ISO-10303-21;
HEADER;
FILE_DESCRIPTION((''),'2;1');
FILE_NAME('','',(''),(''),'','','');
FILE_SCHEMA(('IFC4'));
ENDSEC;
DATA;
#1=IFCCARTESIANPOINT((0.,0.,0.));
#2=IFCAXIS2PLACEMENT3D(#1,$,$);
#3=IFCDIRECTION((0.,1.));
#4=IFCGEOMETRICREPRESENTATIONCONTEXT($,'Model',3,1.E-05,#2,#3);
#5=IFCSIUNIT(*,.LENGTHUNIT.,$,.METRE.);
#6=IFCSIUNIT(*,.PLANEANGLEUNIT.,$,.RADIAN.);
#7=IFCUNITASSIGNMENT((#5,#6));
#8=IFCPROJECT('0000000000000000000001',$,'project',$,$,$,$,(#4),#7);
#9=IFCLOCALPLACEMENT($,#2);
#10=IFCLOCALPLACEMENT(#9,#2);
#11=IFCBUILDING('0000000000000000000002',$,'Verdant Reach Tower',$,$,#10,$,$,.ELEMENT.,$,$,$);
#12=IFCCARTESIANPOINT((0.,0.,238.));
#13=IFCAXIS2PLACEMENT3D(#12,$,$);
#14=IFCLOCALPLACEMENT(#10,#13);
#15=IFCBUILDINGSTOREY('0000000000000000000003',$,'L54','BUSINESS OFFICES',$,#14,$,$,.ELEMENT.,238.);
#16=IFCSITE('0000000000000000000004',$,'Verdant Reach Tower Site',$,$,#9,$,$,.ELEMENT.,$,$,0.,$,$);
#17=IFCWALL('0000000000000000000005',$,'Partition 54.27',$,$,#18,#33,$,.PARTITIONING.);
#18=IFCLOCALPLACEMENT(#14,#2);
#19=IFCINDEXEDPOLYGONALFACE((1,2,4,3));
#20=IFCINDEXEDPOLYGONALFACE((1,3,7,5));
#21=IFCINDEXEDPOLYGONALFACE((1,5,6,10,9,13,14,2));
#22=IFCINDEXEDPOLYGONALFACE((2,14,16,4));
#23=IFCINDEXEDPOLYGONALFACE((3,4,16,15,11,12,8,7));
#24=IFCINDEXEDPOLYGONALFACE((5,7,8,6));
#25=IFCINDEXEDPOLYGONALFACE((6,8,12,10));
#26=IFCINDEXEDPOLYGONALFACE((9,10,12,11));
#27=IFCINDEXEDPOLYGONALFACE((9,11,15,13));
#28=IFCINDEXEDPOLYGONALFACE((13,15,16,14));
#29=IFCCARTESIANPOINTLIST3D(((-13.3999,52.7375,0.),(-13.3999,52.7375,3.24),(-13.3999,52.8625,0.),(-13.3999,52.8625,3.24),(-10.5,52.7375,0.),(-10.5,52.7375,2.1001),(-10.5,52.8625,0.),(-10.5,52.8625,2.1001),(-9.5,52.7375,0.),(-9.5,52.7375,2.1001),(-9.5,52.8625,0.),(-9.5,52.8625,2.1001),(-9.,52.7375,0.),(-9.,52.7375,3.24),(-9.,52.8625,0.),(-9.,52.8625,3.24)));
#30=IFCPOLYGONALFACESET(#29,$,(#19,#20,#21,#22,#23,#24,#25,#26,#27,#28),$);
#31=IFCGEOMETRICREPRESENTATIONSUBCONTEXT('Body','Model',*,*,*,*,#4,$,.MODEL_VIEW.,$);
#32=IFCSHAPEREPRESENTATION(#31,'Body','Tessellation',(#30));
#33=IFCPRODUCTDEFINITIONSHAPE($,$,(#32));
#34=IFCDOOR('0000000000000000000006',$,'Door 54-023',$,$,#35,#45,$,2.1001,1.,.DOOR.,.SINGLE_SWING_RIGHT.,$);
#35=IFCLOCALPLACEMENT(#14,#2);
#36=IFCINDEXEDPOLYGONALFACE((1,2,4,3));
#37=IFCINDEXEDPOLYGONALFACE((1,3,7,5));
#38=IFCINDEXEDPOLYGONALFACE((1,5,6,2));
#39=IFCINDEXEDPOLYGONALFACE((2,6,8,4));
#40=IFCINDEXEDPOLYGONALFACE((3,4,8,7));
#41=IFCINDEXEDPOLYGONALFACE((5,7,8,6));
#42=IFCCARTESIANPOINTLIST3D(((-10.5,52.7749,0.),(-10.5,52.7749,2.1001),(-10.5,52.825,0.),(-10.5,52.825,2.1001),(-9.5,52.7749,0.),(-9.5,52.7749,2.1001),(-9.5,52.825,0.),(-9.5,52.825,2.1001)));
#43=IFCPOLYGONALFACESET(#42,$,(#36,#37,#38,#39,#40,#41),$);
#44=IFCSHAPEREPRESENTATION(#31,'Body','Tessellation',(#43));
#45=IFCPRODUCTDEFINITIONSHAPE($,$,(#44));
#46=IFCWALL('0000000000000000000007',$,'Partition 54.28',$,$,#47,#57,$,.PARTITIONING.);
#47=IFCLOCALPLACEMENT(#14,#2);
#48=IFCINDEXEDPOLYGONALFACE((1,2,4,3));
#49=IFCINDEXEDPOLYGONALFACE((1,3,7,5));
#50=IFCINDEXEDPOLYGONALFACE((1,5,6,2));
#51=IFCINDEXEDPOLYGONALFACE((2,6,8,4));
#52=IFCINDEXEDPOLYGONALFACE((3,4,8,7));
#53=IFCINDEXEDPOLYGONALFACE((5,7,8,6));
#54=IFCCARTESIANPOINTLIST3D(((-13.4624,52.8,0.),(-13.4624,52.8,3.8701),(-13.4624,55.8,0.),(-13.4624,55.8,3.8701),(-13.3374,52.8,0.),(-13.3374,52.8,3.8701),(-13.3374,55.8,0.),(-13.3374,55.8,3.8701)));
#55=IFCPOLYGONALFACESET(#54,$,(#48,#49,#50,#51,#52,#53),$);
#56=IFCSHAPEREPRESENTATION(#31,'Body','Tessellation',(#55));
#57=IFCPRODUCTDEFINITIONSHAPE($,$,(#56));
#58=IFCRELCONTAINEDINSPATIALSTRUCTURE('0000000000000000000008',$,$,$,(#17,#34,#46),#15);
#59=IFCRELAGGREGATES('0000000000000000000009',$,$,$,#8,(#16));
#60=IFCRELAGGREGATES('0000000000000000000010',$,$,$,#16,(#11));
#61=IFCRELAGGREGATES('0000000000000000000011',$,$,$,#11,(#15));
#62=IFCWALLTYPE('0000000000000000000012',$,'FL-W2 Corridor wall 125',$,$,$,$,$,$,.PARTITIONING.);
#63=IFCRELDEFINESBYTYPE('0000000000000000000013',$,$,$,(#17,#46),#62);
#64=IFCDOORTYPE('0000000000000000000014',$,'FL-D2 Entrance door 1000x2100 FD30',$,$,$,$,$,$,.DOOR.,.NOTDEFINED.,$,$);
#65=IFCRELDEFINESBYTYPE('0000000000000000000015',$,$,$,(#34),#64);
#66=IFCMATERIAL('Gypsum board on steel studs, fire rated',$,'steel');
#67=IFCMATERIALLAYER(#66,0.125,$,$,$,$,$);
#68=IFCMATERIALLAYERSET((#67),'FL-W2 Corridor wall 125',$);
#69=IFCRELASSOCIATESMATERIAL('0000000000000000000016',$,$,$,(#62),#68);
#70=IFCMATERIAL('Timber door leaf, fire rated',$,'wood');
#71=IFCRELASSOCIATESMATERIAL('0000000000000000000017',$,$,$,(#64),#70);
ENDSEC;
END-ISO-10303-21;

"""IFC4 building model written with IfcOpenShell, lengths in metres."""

from ifc_helpers import new_model, si_unit, direction, frame, frame_2d, origin, place, context, subcontext, project, spatial, rectangle, extrude, material, layer, layer_set, type_object, element, fill, save


model = new_model("IFC4")

# Units and contexts
model_context = context("Model", 3, precision=1e-05, world=origin(), true_north=direction((0.0, 1.0)))
body_context = subcontext(model_context, "Body", "Model", "MODEL_VIEW")
ifc_project = project(units=[si_unit("LENGTHUNIT", "METRE"), si_unit("PLANEANGLEUNIT", "RADIAN")], contexts=[model_context])

# Site, building, storey
site_placement = place(None, origin())
site = spatial("IfcSite", under=ifc_project, at=site_placement, Name="Verdant Reach Tower Site", CompositionType="ELEMENT", RefElevation=0.0)
building_placement = place(site_placement, origin())
building = spatial("IfcBuilding", under=site, at=building_placement, Name="Verdant Reach Tower", CompositionType="ELEMENT")
storey_placement = place(building_placement, frame((0.0, 0.0, 238.0)))
storey = spatial("IfcBuildingStorey", under=building, at=storey_placement, Name="L54", Description="BUSINESS OFFICES", CompositionType="ELEMENT", Elevation=238.0)

# Shared definitions
ifc_material_1 = material(Name="Gypsum board on steel studs, fire rated", Category="steel")
ifc_layer_1 = layer(ifc_material_1, 0.125)
ifc_layer_set_1 = layer_set([ifc_layer_1], Name="FL-W2 Corridor wall 125")
wall_type_1 = type_object("IfcWallType", Name="FL-W2 Corridor wall 125", PredefinedType="PARTITIONING", material=ifc_layer_set_1)

# Shared definitions
ifc_material_2 = material(Name="Timber door leaf, fire rated", Category="wood")
door_type_1 = type_object("IfcDoorType", Name="FL-D2 Entrance door 1000x2100 FD30", OperationType="NOTDEFINED", PredefinedType="DOOR", material=ifc_material_2)

# Wall, opening, door
wall_1_placement = place(storey_placement, frame((-13.3999, 52.8, 0.0), z_axis=(0.0, 0.0, 1.0), x_axis=(1.0, 0.0, 0.0)))
wall_1 = element("IfcWall", 1, at=wall_1_placement, inside=storey, type_object=wall_type_1, Name="Partition 54.27", PredefinedType="PARTITIONING", context=body_context, shape_type="SweptSolid", body=[
    extrude(rectangle(XDim=4.3999, YDim=0.125, at=frame_2d((2.2, 0.0))), origin(), (0.0, 0.0, 1.0), 3.24),
])
opening_1_placement = place(wall_1_placement, frame((2.8999, 0.0, 0.0)))
opening_1 = element("IfcOpeningElement", 2, at=opening_1_placement, cuts=wall_1, PredefinedType="OPENING", context=body_context, shape_type="SweptSolid", body=[
    extrude(rectangle(XDim=1.0, YDim=2.1001, at=frame_2d((0.5, 1.05))), frame((0.0, 0.0725, 0.0), z_axis=(0.0, -1.0, 0.0), x_axis=(1.0, 0.0, 0.0)), (0.0, 0.0, 1.0), 0.145),
])
door_1_placement = place(opening_1_placement, origin())
door_1 = element("IfcDoor", 3, at=door_1_placement, inside=storey, type_object=door_type_1, Name="Door 54-023", OperationType="SINGLE_SWING_RIGHT", OverallHeight=2.1001, OverallWidth=1.0, PredefinedType="DOOR", context=body_context, shape_type="SweptSolid", body=[
    extrude(rectangle(XDim=1.0, YDim=2.1001, at=frame_2d((0.5, 1.05))), frame((0.0, 0.0249, 0.0), z_axis=(0.0, -1.0, 0.0), x_axis=(1.0, 0.0, 0.0)), (0.0, 0.0, 1.0), 0.05),
])
fill(opening_1, door_1)

# Wall
wall_2_placement = place(storey_placement, frame((-13.3999, 52.8, 0.0), z_axis=(0.0, 0.0, 1.0), x_axis=(0.0, 1.0, 0.0)))
element("IfcWall", 4, at=wall_2_placement, inside=storey, type_object=wall_type_1, Name="Partition 54.28", PredefinedType="PARTITIONING", context=body_context, shape_type="SweptSolid", body=[
    extrude(rectangle(XDim=3.0, YDim=0.125, at=frame_2d((1.5, 0.0))), origin(), (0.0, 0.0, 1.0), 3.8701),
])

save(model, "model.ifc")
